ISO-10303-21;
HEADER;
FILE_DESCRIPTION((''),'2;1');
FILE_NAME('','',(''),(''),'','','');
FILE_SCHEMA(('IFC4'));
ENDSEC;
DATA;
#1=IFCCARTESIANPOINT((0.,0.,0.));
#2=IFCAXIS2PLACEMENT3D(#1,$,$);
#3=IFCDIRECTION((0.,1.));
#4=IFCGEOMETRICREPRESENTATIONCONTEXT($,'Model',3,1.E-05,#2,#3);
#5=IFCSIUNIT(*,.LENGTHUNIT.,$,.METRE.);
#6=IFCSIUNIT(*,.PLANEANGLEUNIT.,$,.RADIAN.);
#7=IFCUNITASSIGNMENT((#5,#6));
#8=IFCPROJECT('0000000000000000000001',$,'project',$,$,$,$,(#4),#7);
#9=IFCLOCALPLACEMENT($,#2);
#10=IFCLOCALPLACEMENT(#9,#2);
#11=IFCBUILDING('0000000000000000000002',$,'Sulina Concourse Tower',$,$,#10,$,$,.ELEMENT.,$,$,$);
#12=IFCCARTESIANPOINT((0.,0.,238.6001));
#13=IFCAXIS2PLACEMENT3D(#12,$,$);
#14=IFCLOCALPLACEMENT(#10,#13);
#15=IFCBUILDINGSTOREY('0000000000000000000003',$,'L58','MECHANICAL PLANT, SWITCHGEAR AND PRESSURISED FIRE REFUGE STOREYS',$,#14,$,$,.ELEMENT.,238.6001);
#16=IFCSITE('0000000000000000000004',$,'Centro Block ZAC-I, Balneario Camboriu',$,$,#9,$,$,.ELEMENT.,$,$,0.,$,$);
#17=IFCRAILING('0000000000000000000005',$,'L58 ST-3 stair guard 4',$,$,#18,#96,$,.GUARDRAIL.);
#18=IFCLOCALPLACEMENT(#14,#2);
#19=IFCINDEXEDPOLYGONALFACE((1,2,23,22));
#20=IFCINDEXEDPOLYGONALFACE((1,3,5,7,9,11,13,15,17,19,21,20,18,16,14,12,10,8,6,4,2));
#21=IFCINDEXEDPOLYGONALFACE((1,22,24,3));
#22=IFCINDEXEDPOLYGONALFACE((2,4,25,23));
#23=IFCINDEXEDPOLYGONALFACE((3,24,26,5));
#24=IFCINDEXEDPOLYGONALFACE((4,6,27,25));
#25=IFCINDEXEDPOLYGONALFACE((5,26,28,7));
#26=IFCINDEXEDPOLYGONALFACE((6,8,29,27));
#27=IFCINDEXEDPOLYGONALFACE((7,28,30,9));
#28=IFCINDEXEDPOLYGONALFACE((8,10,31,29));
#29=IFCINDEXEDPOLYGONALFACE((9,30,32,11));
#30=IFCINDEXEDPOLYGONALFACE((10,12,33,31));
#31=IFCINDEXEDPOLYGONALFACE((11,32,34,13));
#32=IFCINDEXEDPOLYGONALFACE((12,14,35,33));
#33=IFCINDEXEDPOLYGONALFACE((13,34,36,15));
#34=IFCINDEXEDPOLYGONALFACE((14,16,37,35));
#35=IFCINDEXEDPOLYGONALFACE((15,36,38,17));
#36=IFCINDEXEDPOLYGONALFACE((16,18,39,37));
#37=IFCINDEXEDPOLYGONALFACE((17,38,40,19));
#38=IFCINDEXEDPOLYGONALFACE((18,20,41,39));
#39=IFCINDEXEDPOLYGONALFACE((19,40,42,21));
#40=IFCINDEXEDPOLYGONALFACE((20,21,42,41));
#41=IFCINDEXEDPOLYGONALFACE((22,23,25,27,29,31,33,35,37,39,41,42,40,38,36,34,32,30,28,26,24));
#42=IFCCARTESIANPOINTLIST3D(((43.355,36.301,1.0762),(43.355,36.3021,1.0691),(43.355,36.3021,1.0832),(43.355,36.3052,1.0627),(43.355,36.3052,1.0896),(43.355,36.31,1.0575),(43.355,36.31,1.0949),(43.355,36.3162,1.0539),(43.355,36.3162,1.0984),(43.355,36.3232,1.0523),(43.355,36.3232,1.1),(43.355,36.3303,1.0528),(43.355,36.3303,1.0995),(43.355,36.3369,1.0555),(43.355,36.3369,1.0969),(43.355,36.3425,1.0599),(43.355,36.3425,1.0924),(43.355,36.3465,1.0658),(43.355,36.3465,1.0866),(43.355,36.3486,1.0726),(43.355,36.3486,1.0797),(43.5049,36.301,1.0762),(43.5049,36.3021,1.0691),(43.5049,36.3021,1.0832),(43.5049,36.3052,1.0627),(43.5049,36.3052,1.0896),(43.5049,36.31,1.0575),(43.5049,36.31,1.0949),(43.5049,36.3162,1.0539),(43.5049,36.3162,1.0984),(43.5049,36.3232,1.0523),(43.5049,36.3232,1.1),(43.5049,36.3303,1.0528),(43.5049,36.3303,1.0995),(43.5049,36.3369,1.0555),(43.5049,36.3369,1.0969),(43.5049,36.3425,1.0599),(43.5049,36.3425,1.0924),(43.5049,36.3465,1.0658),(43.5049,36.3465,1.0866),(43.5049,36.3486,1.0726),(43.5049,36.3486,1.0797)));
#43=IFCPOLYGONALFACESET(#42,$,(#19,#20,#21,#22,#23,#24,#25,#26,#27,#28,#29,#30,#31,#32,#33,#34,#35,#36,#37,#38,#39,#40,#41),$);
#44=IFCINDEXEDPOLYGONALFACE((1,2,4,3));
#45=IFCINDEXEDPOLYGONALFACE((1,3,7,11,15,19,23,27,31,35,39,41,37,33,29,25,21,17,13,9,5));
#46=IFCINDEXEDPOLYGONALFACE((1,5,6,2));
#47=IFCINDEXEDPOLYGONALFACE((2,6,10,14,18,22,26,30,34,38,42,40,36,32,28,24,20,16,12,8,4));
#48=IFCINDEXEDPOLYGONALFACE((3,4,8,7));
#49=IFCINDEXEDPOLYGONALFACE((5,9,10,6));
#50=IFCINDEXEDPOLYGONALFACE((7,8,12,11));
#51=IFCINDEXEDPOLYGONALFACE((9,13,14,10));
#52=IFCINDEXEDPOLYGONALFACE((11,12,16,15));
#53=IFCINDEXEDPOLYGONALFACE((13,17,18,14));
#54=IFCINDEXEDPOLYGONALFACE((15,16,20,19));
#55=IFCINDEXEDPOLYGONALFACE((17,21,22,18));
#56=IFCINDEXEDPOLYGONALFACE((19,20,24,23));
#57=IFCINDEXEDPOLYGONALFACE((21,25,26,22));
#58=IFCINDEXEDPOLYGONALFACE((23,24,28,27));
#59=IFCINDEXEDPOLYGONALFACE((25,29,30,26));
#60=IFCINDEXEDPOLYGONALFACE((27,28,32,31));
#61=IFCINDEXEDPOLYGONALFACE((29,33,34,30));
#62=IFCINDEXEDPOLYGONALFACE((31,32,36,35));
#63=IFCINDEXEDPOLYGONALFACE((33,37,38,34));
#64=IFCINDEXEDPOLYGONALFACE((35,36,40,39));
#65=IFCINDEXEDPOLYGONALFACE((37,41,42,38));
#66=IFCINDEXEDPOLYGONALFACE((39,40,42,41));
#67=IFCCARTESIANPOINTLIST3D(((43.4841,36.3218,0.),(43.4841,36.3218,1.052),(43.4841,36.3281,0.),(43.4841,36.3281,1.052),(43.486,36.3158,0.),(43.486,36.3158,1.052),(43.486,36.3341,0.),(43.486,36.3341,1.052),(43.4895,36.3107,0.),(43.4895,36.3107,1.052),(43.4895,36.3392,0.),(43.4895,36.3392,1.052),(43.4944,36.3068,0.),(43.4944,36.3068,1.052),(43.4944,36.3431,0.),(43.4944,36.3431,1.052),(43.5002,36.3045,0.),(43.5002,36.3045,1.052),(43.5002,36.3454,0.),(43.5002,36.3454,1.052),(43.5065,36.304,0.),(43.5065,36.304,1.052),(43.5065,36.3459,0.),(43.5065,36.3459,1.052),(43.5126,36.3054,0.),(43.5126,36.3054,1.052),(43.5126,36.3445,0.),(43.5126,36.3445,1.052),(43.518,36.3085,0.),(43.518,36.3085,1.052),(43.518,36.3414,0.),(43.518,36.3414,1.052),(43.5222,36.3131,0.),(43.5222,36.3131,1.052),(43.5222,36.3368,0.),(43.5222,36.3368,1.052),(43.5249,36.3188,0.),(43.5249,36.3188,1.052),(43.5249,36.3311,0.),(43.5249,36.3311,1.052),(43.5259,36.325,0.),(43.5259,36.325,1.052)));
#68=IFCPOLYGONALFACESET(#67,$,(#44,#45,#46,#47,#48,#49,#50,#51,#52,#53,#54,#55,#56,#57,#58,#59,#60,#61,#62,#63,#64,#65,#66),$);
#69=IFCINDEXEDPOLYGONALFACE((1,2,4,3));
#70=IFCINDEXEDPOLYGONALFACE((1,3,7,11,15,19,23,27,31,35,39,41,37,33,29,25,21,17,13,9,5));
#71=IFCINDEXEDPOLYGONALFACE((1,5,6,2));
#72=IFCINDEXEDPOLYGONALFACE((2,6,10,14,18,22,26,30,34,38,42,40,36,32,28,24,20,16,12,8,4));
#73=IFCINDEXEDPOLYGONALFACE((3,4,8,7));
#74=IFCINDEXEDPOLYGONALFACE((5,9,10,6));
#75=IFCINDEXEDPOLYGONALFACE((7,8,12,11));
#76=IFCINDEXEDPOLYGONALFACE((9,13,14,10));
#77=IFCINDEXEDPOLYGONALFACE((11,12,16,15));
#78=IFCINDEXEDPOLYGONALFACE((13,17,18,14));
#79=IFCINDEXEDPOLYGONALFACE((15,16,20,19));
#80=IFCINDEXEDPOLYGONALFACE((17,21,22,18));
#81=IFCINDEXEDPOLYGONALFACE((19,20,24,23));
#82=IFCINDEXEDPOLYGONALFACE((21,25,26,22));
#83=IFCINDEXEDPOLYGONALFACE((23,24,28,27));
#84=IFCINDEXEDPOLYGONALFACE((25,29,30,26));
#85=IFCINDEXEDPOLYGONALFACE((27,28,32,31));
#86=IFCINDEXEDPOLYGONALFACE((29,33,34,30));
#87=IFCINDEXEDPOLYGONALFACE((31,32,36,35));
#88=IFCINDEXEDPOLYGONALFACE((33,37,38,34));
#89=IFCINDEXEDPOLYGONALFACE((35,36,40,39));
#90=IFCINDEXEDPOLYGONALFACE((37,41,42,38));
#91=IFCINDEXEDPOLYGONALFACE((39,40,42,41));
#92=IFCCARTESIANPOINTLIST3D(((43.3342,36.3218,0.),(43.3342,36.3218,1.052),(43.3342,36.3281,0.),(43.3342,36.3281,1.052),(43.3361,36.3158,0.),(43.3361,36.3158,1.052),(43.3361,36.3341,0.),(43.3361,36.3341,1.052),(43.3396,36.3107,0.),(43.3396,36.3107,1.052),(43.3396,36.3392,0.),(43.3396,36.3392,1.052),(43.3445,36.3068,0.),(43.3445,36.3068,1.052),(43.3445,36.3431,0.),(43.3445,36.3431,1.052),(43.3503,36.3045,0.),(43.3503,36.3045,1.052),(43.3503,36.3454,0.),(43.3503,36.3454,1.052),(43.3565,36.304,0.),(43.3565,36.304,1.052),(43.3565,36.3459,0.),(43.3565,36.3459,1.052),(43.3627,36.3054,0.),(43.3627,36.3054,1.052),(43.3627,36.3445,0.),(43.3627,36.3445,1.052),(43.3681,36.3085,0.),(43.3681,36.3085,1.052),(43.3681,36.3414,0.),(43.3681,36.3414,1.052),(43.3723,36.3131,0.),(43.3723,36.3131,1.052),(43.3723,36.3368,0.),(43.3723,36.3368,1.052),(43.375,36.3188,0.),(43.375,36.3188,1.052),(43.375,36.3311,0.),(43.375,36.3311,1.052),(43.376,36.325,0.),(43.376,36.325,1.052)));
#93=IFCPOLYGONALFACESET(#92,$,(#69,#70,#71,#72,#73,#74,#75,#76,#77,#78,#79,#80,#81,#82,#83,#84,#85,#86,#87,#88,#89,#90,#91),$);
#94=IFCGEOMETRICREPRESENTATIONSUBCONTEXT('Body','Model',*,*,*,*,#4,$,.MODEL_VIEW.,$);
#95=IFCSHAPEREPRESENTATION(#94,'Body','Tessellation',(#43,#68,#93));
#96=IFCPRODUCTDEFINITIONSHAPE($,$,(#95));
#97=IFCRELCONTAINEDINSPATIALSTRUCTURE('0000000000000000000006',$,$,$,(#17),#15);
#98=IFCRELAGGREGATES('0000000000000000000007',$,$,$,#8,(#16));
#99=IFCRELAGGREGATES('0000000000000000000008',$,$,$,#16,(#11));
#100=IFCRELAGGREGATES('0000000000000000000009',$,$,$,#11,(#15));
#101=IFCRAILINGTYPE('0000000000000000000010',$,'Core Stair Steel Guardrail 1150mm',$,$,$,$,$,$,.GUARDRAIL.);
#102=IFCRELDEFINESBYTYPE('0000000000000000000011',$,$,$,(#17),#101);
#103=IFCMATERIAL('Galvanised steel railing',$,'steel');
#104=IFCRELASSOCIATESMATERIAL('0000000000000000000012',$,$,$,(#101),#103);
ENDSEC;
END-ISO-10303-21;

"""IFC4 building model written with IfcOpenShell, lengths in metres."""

from ifc_helpers import new_model, si_unit, direction, frame, origin, origin_2d, place, context, subcontext, project, spatial, circle, extrude, material, type_object, element, save


model = new_model("IFC4")

# Units and contexts
model_context = context("Model", 3, precision=1e-05, world=origin(), true_north=direction((0.0, 1.0)))
body_context = subcontext(model_context, "Body", "Model", "MODEL_VIEW")
ifc_project = project(units=[si_unit("LENGTHUNIT", "METRE"), si_unit("PLANEANGLEUNIT", "RADIAN")], contexts=[model_context])

# Site, building, storey
site_placement = place(None, origin())
site = spatial("IfcSite", under=ifc_project, at=site_placement, Name="Centro Block ZAC-I, Balneario Camboriu", CompositionType="ELEMENT", RefElevation=0.0)
building_placement = place(site_placement, origin())
building = spatial("IfcBuilding", under=site, at=building_placement, Name="Sulina Concourse Tower", CompositionType="ELEMENT")
storey_placement = place(building_placement, frame((0.0, 0.0, 238.6001)))
storey = spatial("IfcBuildingStorey", under=building, at=storey_placement, Name="L58", Description="MECHANICAL PLANT, SWITCHGEAR AND PRESSURISED FIRE REFUGE STOREYS", CompositionType="ELEMENT", Elevation=238.6001)

# Railing
ifc_material_1 = material(Name="Galvanised steel railing", Category="steel")
railing_type_1 = type_object("IfcRailingType", Name="Core Stair Steel Guardrail 1150mm", PredefinedType="GUARDRAIL", material=ifc_material_1)
railing_1_placement = place(storey_placement, frame((43.5049, 36.325, 0.0)))
element("IfcRailing", 1, at=railing_1_placement, inside=storey, type_object=railing_type_1, Name="L58 ST-3 stair guard 4", PredefinedType="GUARDRAIL", context=body_context, shape_type="SweptSolid", body=[
    extrude(circle(Radius=0.0239, at=origin_2d()), frame((0.0, 0.0, 1.0762), z_axis=(-1.0, 0.0, 0.0), x_axis=(0.0, -1.0, 0.0)), (0.0, 0.0, 1.0), 0.1499),
    extrude(circle(Radius=0.021, at=origin_2d()), origin(), (0.0, 0.0, 1.0), 1.052),
    extrude(circle(Radius=0.021, at=origin_2d()), frame((-0.1499, 0.0, 0.0)), (0.0, 0.0, 1.0), 1.052),
])

save(model, "model.ifc")
